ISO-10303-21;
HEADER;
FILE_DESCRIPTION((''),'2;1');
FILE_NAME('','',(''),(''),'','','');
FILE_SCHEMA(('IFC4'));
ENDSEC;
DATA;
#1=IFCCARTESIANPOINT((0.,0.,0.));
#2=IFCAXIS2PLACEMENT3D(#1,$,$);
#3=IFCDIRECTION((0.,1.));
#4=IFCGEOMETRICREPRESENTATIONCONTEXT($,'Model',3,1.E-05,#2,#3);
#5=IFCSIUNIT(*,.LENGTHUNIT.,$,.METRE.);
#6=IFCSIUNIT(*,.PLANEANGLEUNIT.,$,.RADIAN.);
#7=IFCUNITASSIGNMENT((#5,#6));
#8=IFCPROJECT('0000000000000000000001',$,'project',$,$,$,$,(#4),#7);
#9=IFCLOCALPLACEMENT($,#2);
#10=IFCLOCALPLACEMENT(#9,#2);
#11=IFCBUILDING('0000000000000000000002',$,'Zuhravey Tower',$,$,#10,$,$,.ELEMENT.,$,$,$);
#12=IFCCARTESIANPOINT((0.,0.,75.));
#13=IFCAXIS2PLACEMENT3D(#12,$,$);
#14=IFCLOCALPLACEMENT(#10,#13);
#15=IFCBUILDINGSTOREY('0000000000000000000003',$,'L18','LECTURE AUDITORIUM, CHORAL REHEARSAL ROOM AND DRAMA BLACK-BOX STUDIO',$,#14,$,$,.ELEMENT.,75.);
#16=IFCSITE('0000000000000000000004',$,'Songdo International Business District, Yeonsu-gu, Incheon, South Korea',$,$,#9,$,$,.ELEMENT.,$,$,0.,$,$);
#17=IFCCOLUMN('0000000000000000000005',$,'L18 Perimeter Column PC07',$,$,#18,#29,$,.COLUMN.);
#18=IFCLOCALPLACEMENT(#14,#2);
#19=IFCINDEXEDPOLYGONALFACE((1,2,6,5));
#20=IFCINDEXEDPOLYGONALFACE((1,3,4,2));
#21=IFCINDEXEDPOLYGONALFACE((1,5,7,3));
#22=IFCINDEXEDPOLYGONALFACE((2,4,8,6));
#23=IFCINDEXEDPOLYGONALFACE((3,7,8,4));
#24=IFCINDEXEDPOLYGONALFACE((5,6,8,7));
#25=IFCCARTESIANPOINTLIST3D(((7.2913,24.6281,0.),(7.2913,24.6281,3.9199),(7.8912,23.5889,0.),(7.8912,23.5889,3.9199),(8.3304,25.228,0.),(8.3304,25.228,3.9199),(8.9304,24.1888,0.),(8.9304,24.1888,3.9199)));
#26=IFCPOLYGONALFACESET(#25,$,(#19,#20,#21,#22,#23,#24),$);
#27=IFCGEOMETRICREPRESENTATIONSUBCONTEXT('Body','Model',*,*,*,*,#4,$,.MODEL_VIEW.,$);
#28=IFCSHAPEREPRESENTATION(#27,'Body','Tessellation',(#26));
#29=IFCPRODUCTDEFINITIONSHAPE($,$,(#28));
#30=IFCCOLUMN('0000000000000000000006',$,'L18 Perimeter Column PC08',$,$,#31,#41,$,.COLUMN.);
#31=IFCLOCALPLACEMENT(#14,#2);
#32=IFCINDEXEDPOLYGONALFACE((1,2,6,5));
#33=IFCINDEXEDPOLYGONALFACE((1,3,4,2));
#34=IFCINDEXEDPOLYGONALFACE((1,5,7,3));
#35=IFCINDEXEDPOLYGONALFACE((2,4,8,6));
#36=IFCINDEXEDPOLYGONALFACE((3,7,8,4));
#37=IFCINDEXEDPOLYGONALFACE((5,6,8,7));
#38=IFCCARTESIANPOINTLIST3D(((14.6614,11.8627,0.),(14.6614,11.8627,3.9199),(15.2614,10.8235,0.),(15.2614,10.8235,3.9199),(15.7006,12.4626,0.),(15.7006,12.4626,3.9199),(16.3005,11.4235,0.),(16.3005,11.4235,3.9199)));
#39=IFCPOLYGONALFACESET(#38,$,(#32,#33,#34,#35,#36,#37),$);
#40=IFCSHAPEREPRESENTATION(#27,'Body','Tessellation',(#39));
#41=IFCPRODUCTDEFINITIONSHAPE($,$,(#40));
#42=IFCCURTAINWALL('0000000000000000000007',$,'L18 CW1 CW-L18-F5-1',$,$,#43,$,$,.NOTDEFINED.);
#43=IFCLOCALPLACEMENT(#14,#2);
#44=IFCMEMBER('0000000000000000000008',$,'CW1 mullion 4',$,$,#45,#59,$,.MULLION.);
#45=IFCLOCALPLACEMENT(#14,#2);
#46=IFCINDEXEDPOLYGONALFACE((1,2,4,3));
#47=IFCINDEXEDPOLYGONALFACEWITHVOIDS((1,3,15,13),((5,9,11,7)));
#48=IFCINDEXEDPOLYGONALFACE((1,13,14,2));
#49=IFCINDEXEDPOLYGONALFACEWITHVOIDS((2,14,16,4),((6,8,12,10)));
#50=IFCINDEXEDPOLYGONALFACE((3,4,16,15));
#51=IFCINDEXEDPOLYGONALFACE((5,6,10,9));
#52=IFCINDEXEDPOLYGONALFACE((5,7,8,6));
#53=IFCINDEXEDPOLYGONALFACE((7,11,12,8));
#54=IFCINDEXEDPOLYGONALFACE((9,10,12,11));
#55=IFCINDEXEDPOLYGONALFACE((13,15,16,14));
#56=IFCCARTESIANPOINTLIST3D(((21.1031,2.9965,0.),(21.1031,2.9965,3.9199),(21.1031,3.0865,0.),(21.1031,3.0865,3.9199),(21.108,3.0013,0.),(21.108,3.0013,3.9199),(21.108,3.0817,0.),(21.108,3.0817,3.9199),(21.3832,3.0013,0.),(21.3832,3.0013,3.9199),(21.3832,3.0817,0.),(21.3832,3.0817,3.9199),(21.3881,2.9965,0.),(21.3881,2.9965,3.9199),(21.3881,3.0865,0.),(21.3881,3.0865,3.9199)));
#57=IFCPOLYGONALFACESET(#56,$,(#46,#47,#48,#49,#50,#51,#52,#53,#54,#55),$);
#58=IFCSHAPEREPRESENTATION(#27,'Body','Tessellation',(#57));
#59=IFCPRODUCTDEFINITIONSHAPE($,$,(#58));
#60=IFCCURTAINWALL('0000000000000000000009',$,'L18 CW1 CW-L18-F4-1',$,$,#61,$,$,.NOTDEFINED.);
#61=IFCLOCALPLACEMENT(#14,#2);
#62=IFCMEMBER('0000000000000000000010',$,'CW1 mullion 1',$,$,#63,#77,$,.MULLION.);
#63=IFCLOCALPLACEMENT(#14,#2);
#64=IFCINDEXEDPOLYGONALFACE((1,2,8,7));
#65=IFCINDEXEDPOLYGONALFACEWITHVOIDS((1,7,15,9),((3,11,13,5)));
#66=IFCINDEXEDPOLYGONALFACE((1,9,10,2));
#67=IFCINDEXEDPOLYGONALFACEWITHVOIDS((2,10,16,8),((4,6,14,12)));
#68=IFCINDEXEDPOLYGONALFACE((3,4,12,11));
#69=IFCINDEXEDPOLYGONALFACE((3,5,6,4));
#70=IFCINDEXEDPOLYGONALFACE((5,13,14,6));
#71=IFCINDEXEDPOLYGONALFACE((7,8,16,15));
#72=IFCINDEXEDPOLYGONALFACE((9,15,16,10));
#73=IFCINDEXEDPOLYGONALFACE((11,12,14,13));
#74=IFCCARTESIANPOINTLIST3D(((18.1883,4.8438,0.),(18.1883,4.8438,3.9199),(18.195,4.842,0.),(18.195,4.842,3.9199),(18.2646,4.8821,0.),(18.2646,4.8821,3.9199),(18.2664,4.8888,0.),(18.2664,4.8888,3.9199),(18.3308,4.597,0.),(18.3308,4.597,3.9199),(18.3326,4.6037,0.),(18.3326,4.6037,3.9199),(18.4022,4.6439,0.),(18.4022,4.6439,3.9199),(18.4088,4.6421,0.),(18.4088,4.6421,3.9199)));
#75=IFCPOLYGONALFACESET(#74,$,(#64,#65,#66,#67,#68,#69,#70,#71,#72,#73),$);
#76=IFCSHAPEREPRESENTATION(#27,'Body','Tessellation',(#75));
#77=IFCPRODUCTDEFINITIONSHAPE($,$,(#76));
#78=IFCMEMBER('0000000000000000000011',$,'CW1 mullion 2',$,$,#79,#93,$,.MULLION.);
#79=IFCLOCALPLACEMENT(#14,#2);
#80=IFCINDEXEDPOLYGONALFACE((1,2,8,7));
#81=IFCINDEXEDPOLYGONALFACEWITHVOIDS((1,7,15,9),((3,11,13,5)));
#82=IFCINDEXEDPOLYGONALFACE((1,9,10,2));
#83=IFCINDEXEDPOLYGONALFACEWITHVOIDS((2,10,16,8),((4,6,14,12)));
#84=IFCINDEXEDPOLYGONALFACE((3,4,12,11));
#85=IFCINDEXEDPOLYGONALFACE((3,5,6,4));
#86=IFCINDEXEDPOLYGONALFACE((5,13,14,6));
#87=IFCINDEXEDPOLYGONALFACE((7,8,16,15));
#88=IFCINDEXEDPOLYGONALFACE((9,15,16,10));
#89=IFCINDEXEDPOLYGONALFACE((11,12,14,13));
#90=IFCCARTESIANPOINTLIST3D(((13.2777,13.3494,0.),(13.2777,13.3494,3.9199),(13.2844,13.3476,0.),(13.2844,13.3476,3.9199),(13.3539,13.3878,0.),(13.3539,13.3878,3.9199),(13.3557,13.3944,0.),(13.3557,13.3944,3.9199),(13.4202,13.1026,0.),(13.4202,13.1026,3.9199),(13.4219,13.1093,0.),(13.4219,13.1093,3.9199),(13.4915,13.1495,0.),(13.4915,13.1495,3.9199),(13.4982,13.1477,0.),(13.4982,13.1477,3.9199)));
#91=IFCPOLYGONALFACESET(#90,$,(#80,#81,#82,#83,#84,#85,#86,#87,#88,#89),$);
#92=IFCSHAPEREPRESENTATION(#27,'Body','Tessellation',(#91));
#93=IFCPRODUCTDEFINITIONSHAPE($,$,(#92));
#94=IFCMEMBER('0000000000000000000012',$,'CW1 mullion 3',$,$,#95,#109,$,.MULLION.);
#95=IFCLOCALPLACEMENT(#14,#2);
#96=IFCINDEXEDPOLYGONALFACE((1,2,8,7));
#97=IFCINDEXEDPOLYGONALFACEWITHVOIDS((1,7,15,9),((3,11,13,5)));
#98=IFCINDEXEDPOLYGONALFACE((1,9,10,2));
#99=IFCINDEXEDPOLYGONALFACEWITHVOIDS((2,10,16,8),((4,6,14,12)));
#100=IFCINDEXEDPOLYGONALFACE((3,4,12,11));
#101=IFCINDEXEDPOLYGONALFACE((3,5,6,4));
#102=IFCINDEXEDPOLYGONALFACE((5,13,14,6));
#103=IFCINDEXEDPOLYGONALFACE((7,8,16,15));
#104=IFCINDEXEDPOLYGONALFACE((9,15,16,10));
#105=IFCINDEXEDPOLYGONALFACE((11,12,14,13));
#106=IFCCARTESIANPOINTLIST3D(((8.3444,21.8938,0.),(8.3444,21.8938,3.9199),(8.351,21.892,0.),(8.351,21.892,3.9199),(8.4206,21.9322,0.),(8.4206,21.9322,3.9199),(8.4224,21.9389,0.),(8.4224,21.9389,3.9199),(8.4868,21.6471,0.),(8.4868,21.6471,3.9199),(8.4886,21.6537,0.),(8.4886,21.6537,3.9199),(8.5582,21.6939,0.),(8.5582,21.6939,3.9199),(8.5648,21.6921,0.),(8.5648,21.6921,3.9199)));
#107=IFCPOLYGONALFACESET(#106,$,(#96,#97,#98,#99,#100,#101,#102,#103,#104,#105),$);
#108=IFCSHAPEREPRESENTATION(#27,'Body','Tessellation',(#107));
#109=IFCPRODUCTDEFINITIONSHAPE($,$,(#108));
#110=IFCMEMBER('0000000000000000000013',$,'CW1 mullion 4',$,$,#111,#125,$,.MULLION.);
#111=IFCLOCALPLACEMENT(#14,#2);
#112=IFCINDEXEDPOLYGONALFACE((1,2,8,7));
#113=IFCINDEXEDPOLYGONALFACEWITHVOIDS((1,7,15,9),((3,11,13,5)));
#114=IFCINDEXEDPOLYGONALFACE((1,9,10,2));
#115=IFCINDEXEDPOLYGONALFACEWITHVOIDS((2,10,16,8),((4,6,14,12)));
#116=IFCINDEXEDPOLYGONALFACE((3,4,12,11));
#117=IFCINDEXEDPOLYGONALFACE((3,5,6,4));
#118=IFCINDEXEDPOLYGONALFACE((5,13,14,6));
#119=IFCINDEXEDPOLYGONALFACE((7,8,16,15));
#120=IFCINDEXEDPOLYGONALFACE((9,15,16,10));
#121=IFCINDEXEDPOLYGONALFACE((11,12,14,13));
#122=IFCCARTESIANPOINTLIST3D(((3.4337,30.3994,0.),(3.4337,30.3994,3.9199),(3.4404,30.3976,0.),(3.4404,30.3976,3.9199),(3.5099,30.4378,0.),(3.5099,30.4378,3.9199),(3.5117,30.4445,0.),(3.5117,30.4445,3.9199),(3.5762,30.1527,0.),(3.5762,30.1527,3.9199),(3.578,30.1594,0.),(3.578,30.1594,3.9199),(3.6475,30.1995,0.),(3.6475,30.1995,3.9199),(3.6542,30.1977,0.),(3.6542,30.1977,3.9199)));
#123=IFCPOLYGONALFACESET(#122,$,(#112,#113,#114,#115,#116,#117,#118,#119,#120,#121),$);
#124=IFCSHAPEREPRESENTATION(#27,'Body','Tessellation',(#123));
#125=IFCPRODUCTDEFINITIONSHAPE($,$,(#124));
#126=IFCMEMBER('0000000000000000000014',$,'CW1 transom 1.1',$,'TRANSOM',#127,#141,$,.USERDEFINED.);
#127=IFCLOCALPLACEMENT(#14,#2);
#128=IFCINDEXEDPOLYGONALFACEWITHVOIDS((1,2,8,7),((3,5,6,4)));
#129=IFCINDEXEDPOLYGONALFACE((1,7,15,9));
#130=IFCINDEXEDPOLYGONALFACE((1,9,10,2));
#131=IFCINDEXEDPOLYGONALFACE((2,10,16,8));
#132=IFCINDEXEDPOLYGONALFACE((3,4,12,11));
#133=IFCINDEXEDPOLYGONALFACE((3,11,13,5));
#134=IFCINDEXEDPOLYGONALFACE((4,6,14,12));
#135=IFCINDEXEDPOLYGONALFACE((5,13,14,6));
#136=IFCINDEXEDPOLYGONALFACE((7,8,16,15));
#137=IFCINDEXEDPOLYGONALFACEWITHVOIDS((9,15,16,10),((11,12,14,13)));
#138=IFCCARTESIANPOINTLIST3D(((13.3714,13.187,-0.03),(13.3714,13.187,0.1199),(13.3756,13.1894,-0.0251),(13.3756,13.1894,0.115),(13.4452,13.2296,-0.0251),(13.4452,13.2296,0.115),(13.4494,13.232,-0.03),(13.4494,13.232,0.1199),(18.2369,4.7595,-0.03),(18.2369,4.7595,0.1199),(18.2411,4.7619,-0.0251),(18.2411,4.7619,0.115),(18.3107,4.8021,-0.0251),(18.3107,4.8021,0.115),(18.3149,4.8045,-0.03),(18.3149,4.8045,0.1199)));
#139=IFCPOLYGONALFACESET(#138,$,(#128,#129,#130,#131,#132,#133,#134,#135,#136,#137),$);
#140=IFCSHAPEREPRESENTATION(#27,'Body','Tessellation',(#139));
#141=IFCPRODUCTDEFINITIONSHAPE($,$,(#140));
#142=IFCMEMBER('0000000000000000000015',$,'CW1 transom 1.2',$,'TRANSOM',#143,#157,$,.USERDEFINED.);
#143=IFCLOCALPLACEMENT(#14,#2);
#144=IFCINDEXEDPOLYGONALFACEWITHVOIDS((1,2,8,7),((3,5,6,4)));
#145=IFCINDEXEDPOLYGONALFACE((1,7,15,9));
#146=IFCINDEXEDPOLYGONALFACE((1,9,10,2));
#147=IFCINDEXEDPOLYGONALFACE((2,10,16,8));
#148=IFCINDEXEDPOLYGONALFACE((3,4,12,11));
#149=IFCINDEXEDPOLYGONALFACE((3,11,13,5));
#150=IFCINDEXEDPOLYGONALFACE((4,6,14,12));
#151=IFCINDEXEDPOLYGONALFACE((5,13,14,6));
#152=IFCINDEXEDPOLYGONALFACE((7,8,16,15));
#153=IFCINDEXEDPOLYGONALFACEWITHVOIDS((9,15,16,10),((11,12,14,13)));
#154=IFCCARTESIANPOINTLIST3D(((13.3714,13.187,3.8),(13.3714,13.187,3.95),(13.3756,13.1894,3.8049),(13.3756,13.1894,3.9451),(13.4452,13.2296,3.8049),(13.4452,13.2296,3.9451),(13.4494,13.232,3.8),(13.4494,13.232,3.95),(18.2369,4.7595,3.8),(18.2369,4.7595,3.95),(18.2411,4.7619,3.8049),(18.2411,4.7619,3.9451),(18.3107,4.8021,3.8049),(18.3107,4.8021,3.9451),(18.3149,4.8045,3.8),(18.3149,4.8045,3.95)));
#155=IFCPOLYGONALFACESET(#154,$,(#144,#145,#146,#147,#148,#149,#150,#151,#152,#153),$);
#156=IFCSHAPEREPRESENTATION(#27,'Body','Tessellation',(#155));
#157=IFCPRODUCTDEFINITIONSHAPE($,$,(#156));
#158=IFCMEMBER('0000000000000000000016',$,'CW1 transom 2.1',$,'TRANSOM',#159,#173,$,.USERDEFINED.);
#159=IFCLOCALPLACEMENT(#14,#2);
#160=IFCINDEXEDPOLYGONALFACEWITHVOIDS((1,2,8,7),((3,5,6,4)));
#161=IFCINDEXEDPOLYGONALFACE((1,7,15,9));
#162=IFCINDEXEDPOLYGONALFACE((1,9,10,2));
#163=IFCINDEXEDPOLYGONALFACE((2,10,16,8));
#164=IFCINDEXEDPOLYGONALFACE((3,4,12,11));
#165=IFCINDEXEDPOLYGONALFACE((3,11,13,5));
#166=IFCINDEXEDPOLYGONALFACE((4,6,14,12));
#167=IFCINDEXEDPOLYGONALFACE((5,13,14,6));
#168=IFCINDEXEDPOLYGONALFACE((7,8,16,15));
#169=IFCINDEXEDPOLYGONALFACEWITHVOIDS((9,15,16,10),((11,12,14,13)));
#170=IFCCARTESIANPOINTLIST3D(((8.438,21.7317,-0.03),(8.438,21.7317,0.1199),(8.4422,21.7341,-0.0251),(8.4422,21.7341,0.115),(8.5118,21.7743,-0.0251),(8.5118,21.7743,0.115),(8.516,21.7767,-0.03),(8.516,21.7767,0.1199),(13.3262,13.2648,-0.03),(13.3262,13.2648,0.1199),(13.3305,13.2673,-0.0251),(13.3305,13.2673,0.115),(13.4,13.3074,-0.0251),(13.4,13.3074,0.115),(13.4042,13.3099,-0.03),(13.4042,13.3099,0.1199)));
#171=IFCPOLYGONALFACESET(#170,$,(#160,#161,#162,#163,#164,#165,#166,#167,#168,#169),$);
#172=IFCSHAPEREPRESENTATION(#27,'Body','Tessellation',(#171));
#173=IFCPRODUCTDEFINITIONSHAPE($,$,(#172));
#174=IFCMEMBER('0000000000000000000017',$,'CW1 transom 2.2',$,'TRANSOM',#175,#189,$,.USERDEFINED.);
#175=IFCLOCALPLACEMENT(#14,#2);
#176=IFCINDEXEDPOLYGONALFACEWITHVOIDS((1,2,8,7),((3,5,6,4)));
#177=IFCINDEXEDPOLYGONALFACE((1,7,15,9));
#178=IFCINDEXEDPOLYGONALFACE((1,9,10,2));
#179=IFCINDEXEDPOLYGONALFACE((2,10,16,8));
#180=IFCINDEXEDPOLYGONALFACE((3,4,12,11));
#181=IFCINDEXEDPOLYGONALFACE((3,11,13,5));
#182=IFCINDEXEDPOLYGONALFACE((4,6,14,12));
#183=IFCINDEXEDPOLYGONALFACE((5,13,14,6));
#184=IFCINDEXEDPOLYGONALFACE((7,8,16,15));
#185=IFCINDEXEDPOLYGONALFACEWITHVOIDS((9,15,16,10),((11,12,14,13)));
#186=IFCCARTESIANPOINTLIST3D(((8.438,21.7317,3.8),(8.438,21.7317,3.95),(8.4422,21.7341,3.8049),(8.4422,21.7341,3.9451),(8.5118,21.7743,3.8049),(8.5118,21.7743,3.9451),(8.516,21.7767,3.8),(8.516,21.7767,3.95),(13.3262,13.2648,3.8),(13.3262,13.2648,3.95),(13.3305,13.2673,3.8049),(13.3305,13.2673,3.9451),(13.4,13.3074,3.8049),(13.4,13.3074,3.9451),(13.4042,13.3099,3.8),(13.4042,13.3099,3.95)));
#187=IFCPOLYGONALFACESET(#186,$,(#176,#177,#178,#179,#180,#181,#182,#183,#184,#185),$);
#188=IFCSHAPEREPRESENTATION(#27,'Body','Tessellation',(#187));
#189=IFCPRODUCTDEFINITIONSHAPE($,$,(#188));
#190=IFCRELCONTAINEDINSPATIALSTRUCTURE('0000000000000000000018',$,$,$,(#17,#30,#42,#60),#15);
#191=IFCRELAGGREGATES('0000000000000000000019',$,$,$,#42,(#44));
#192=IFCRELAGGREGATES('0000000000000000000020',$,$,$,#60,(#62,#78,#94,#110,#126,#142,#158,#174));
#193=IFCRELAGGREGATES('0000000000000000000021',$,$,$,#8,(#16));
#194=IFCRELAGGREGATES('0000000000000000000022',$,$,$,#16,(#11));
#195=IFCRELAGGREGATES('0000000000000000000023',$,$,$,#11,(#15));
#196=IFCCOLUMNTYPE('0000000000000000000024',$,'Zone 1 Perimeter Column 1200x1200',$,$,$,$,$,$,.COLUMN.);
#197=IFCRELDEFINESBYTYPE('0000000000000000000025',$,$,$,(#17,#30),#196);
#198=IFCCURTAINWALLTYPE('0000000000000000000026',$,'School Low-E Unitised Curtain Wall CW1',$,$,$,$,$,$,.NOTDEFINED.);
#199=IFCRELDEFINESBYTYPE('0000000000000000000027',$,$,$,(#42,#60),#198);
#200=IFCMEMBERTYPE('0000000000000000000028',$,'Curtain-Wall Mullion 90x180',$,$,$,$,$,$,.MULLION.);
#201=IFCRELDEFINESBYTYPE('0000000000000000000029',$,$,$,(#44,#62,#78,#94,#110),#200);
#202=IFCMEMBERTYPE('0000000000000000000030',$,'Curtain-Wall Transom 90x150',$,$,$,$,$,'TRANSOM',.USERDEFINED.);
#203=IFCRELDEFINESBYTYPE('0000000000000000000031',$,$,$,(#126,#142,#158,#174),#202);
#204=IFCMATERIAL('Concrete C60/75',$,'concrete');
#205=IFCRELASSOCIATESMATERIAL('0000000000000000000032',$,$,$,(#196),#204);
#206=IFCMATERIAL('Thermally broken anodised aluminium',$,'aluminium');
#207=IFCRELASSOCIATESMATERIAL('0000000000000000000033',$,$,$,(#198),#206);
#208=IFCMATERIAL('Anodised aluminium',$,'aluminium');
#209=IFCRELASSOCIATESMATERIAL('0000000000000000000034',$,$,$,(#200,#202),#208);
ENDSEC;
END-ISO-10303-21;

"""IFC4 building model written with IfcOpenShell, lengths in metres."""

from ifc_helpers import new_model, si_unit, direction, frame, origin, origin_2d, place, context, subcontext, project, spatial, rectangle, hollow_rectangle, extrude, material, material_profile, profile_set, type_object, element, aggregate, save


model = new_model("IFC4")

# Units and contexts
model_context = context("Model", 3, precision=1e-05, world=origin(), true_north=direction((0.0, 1.0)))
body_context = subcontext(model_context, "Body", "Model", "MODEL_VIEW")
ifc_project = project(units=[si_unit("LENGTHUNIT", "METRE"), si_unit("PLANEANGLEUNIT", "RADIAN")], contexts=[model_context])

# Site, building, storey
site_placement = place(None, origin())
site = spatial("IfcSite", under=ifc_project, at=site_placement, Name="Songdo International Business District, Yeonsu-gu, Incheon, South Korea", CompositionType="ELEMENT", RefElevation=0.0)
building_placement = place(site_placement, origin())
building = spatial("IfcBuilding", under=site, at=building_placement, Name="Zuhravey Tower", CompositionType="ELEMENT")
storey_placement = place(building_placement, frame((0.0, 0.0, 75.0)))
storey = spatial("IfcBuildingStorey", under=building, at=storey_placement, Name="L18", Description="LECTURE AUDITORIUM, CHORAL REHEARSAL ROOM AND DRAMA BLACK-BOX STUDIO", CompositionType="ELEMENT", Elevation=75.0)

# Columns
ifc_material_1 = material(Name="Concrete C60/75", Category="concrete")
ifc_material_profile_1 = material_profile(ifc_material_1, rectangle(XDim=1.2, YDim=1.2, at=origin_2d()), Name="RC-1200x1200")
ifc_profile_set_1 = profile_set([ifc_material_profile_1], Name="Concrete C60/75")
column_type = type_object("IfcColumnType", Name="Zone 1 Perimeter Column 1200x1200", PredefinedType="COLUMN", material=ifc_profile_set_1)
for number, where, z_axis, x_axis, name in (
    (1, (8.1108, 24.4084, 0.0), (0.0, 0.0, 1.0), (0.5, -0.866025, 0.0), "L18 Perimeter Column PC07"),
    (2, (15.481, 11.6431, 0.0), (0.0, 0.0, 1.0), (0.5, -0.866025, 0.0), "L18 Perimeter Column PC08"),
):
    element("IfcColumn", number, at=place(storey_placement, frame(where, z_axis=z_axis, x_axis=x_axis)), inside=storey, type_object=column_type, Name=name, PredefinedType="COLUMN", context=body_context, shape_type="SweptSolid", body=[
        extrude(rectangle(XDim=1.2, YDim=1.2, at=origin_2d()), origin(), (0.0, 0.0, 1.0), 3.9199),
    ])

# Curtain wall, member
ifc_material_2 = material(Name="Thermally broken anodised aluminium", Category="aluminium")
curtain_wall_type = type_object("IfcCurtainWallType", Name="School Low-E Unitised Curtain Wall CW1", PredefinedType="NOTDEFINED", material=ifc_material_2)
curtain_wall_1_placement = place(storey_placement, origin())
curtain_wall_1 = element("IfcCurtainWall", 3, at=curtain_wall_1_placement, inside=storey, type_object=curtain_wall_type, Name="L18 CW1 CW-L18-F5-1", PredefinedType="NOTDEFINED")
ifc_material_3 = material(Name="Anodised aluminium", Category="aluminium")
ifc_material_profile_2 = material_profile(ifc_material_3, hollow_rectangle(XDim=0.0901, YDim=0.2849, WallThickness=0.0049, at=origin_2d()), Name="ALU-RHS-90x285x5")
ifc_profile_set_2 = profile_set([ifc_material_profile_2], Name="Anodised aluminium")
member_type_1 = type_object("IfcMemberType", Name="Curtain-Wall Mullion 90x180", PredefinedType="MULLION", material=ifc_profile_set_2)
member_1_placement = place(storey_placement, frame((21.2456, 3.0415, 0.0), z_axis=(0.0, 0.0, 1.0), x_axis=(0.0, -1.0, 0.0)))
member_1 = element("IfcMember", 4, at=member_1_placement, type_object=member_type_1, Name="CW1 mullion 4", PredefinedType="MULLION", context=body_context, shape_type="SweptSolid", body=[
    extrude(hollow_rectangle(XDim=0.0901, YDim=0.2849, WallThickness=0.0049, at=origin_2d()), origin(), (0.0, 0.0, 1.0), 3.9199),
])
aggregate(curtain_wall_1, [member_1])

# Curtain wall, members
curtain_wall_2_placement = place(storey_placement, origin())
curtain_wall_2 = element("IfcCurtainWall", 5, at=curtain_wall_2_placement, inside=storey, type_object=curtain_wall_type, Name="L18 CW1 CW-L18-F4-1", PredefinedType="NOTDEFINED")
member_2_placement = place(storey_placement, frame((18.2986, 4.7429, 0.0), z_axis=(0.0, 0.0, 1.0), x_axis=(-0.866026, -0.5, 0.0)))
member_2 = element("IfcMember", 6, at=member_2_placement, type_object=member_type_1, Name="CW1 mullion 1", PredefinedType="MULLION", context=body_context, shape_type="SweptSolid", body=[
    extrude(hollow_rectangle(XDim=0.0901, YDim=0.2849, WallThickness=0.0049, at=origin_2d()), origin(), (0.0, 0.0, 1.0), 3.9199),
])
member_3_placement = place(storey_placement, frame((13.3879, 13.2485, 0.0), z_axis=(0.0, 0.0, 1.0), x_axis=(-0.866026, -0.5, 0.0)))
member_3 = element("IfcMember", 7, at=member_3_placement, type_object=member_type_1, Name="CW1 mullion 2", PredefinedType="MULLION", context=body_context, shape_type="SweptSolid", body=[
    extrude(hollow_rectangle(XDim=0.0901, YDim=0.2849, WallThickness=0.0049, at=origin_2d()), origin(), (0.0, 0.0, 1.0), 3.9199),
])
member_4_placement = place(storey_placement, frame((8.4546, 21.793, 0.0), z_axis=(0.0, 0.0, 1.0), x_axis=(-0.866026, -0.5, 0.0)))
member_4 = element("IfcMember", 8, at=member_4_placement, type_object=member_type_1, Name="CW1 mullion 3", PredefinedType="MULLION", context=body_context, shape_type="SweptSolid", body=[
    extrude(hollow_rectangle(XDim=0.0901, YDim=0.2849, WallThickness=0.0049, at=origin_2d()), origin(), (0.0, 0.0, 1.0), 3.9199),
])
member_5_placement = place(storey_placement, frame((3.5439, 30.2986, 0.0), z_axis=(0.0, 0.0, 1.0), x_axis=(-0.866026, -0.5, 0.0)))
member_5 = element("IfcMember", 9, at=member_5_placement, type_object=member_type_1, Name="CW1 mullion 4", PredefinedType="MULLION", context=body_context, shape_type="SweptSolid", body=[
    extrude(hollow_rectangle(XDim=0.0901, YDim=0.2849, WallThickness=0.0049, at=origin_2d()), origin(), (0.0, 0.0, 1.0), 3.9199),
])
ifc_material_profile_3 = material_profile(ifc_material_3, hollow_rectangle(XDim=0.0901, YDim=0.1499, WallThickness=0.0049, at=origin_2d()), Name="ALU-RHS-90x150x5")
ifc_profile_set_3 = profile_set([ifc_material_profile_3], Name="Anodised aluminium")
member_type_2 = type_object("IfcMemberType", Name="Curtain-Wall Transom 90x150", ElementType="TRANSOM", PredefinedType="USERDEFINED", material=ifc_profile_set_3)
member_6_placement = place(storey_placement, frame((18.2759, 4.782, 0.0449), z_axis=(-0.49999, 0.866031, 0.0), x_axis=(-0.866031, -0.49999, 0.0)))
member_6 = element("IfcMember", 10, at=member_6_placement, type_object=member_type_2, Name="CW1 transom 1.1", ObjectType="TRANSOM", PredefinedType="USERDEFINED", context=body_context, shape_type="SweptSolid", body=[
    extrude(hollow_rectangle(XDim=0.0901, YDim=0.1499, WallThickness=0.0049, at=origin_2d()), origin(), (0.0, 0.0, 1.0), 9.7312),
])
member_7_placement = place(storey_placement, frame((18.2759, 4.782, 3.875), z_axis=(-0.49999, 0.866031, 0.0), x_axis=(-0.866031, -0.49999, 0.0)))
member_7 = element("IfcMember", 11, at=member_7_placement, type_object=member_type_2, Name="CW1 transom 1.2", ObjectType="TRANSOM", PredefinedType="USERDEFINED", context=body_context, shape_type="SweptSolid", body=[
    extrude(hollow_rectangle(XDim=0.0901, YDim=0.1499, WallThickness=0.0049, at=origin_2d()), origin(), (0.0, 0.0, 1.0), 9.7312),
])
member_8_placement = place(storey_placement, frame((13.3652, 13.2874, 0.0449), z_axis=(-0.49999, 0.866031, 0.0), x_axis=(-0.866031, -0.49999, 0.0)))
member_8 = element("IfcMember", 12, at=member_8_placement, type_object=member_type_2, Name="CW1 transom 2.1", ObjectType="TRANSOM", PredefinedType="USERDEFINED", context=body_context, shape_type="SweptSolid", body=[
    extrude(hollow_rectangle(XDim=0.0901, YDim=0.1499, WallThickness=0.0049, at=origin_2d()), origin(), (0.0, 0.0, 1.0), 9.7766),
])
member_9_placement = place(storey_placement, frame((13.3652, 13.2874, 3.875), z_axis=(-0.49999, 0.866031, 0.0), x_axis=(-0.866031, -0.49999, 0.0)))
member_9 = element("IfcMember", 13, at=member_9_placement, type_object=member_type_2, Name="CW1 transom 2.2", ObjectType="TRANSOM", PredefinedType="USERDEFINED", context=body_context, shape_type="SweptSolid", body=[
    extrude(hollow_rectangle(XDim=0.0901, YDim=0.1499, WallThickness=0.0049, at=origin_2d()), origin(), (0.0, 0.0, 1.0), 9.7766),
])

aggregate(curtain_wall_2, [member_2, member_3, member_4, member_5, member_6, member_7, member_8, member_9])

save(model, "model.ifc")
